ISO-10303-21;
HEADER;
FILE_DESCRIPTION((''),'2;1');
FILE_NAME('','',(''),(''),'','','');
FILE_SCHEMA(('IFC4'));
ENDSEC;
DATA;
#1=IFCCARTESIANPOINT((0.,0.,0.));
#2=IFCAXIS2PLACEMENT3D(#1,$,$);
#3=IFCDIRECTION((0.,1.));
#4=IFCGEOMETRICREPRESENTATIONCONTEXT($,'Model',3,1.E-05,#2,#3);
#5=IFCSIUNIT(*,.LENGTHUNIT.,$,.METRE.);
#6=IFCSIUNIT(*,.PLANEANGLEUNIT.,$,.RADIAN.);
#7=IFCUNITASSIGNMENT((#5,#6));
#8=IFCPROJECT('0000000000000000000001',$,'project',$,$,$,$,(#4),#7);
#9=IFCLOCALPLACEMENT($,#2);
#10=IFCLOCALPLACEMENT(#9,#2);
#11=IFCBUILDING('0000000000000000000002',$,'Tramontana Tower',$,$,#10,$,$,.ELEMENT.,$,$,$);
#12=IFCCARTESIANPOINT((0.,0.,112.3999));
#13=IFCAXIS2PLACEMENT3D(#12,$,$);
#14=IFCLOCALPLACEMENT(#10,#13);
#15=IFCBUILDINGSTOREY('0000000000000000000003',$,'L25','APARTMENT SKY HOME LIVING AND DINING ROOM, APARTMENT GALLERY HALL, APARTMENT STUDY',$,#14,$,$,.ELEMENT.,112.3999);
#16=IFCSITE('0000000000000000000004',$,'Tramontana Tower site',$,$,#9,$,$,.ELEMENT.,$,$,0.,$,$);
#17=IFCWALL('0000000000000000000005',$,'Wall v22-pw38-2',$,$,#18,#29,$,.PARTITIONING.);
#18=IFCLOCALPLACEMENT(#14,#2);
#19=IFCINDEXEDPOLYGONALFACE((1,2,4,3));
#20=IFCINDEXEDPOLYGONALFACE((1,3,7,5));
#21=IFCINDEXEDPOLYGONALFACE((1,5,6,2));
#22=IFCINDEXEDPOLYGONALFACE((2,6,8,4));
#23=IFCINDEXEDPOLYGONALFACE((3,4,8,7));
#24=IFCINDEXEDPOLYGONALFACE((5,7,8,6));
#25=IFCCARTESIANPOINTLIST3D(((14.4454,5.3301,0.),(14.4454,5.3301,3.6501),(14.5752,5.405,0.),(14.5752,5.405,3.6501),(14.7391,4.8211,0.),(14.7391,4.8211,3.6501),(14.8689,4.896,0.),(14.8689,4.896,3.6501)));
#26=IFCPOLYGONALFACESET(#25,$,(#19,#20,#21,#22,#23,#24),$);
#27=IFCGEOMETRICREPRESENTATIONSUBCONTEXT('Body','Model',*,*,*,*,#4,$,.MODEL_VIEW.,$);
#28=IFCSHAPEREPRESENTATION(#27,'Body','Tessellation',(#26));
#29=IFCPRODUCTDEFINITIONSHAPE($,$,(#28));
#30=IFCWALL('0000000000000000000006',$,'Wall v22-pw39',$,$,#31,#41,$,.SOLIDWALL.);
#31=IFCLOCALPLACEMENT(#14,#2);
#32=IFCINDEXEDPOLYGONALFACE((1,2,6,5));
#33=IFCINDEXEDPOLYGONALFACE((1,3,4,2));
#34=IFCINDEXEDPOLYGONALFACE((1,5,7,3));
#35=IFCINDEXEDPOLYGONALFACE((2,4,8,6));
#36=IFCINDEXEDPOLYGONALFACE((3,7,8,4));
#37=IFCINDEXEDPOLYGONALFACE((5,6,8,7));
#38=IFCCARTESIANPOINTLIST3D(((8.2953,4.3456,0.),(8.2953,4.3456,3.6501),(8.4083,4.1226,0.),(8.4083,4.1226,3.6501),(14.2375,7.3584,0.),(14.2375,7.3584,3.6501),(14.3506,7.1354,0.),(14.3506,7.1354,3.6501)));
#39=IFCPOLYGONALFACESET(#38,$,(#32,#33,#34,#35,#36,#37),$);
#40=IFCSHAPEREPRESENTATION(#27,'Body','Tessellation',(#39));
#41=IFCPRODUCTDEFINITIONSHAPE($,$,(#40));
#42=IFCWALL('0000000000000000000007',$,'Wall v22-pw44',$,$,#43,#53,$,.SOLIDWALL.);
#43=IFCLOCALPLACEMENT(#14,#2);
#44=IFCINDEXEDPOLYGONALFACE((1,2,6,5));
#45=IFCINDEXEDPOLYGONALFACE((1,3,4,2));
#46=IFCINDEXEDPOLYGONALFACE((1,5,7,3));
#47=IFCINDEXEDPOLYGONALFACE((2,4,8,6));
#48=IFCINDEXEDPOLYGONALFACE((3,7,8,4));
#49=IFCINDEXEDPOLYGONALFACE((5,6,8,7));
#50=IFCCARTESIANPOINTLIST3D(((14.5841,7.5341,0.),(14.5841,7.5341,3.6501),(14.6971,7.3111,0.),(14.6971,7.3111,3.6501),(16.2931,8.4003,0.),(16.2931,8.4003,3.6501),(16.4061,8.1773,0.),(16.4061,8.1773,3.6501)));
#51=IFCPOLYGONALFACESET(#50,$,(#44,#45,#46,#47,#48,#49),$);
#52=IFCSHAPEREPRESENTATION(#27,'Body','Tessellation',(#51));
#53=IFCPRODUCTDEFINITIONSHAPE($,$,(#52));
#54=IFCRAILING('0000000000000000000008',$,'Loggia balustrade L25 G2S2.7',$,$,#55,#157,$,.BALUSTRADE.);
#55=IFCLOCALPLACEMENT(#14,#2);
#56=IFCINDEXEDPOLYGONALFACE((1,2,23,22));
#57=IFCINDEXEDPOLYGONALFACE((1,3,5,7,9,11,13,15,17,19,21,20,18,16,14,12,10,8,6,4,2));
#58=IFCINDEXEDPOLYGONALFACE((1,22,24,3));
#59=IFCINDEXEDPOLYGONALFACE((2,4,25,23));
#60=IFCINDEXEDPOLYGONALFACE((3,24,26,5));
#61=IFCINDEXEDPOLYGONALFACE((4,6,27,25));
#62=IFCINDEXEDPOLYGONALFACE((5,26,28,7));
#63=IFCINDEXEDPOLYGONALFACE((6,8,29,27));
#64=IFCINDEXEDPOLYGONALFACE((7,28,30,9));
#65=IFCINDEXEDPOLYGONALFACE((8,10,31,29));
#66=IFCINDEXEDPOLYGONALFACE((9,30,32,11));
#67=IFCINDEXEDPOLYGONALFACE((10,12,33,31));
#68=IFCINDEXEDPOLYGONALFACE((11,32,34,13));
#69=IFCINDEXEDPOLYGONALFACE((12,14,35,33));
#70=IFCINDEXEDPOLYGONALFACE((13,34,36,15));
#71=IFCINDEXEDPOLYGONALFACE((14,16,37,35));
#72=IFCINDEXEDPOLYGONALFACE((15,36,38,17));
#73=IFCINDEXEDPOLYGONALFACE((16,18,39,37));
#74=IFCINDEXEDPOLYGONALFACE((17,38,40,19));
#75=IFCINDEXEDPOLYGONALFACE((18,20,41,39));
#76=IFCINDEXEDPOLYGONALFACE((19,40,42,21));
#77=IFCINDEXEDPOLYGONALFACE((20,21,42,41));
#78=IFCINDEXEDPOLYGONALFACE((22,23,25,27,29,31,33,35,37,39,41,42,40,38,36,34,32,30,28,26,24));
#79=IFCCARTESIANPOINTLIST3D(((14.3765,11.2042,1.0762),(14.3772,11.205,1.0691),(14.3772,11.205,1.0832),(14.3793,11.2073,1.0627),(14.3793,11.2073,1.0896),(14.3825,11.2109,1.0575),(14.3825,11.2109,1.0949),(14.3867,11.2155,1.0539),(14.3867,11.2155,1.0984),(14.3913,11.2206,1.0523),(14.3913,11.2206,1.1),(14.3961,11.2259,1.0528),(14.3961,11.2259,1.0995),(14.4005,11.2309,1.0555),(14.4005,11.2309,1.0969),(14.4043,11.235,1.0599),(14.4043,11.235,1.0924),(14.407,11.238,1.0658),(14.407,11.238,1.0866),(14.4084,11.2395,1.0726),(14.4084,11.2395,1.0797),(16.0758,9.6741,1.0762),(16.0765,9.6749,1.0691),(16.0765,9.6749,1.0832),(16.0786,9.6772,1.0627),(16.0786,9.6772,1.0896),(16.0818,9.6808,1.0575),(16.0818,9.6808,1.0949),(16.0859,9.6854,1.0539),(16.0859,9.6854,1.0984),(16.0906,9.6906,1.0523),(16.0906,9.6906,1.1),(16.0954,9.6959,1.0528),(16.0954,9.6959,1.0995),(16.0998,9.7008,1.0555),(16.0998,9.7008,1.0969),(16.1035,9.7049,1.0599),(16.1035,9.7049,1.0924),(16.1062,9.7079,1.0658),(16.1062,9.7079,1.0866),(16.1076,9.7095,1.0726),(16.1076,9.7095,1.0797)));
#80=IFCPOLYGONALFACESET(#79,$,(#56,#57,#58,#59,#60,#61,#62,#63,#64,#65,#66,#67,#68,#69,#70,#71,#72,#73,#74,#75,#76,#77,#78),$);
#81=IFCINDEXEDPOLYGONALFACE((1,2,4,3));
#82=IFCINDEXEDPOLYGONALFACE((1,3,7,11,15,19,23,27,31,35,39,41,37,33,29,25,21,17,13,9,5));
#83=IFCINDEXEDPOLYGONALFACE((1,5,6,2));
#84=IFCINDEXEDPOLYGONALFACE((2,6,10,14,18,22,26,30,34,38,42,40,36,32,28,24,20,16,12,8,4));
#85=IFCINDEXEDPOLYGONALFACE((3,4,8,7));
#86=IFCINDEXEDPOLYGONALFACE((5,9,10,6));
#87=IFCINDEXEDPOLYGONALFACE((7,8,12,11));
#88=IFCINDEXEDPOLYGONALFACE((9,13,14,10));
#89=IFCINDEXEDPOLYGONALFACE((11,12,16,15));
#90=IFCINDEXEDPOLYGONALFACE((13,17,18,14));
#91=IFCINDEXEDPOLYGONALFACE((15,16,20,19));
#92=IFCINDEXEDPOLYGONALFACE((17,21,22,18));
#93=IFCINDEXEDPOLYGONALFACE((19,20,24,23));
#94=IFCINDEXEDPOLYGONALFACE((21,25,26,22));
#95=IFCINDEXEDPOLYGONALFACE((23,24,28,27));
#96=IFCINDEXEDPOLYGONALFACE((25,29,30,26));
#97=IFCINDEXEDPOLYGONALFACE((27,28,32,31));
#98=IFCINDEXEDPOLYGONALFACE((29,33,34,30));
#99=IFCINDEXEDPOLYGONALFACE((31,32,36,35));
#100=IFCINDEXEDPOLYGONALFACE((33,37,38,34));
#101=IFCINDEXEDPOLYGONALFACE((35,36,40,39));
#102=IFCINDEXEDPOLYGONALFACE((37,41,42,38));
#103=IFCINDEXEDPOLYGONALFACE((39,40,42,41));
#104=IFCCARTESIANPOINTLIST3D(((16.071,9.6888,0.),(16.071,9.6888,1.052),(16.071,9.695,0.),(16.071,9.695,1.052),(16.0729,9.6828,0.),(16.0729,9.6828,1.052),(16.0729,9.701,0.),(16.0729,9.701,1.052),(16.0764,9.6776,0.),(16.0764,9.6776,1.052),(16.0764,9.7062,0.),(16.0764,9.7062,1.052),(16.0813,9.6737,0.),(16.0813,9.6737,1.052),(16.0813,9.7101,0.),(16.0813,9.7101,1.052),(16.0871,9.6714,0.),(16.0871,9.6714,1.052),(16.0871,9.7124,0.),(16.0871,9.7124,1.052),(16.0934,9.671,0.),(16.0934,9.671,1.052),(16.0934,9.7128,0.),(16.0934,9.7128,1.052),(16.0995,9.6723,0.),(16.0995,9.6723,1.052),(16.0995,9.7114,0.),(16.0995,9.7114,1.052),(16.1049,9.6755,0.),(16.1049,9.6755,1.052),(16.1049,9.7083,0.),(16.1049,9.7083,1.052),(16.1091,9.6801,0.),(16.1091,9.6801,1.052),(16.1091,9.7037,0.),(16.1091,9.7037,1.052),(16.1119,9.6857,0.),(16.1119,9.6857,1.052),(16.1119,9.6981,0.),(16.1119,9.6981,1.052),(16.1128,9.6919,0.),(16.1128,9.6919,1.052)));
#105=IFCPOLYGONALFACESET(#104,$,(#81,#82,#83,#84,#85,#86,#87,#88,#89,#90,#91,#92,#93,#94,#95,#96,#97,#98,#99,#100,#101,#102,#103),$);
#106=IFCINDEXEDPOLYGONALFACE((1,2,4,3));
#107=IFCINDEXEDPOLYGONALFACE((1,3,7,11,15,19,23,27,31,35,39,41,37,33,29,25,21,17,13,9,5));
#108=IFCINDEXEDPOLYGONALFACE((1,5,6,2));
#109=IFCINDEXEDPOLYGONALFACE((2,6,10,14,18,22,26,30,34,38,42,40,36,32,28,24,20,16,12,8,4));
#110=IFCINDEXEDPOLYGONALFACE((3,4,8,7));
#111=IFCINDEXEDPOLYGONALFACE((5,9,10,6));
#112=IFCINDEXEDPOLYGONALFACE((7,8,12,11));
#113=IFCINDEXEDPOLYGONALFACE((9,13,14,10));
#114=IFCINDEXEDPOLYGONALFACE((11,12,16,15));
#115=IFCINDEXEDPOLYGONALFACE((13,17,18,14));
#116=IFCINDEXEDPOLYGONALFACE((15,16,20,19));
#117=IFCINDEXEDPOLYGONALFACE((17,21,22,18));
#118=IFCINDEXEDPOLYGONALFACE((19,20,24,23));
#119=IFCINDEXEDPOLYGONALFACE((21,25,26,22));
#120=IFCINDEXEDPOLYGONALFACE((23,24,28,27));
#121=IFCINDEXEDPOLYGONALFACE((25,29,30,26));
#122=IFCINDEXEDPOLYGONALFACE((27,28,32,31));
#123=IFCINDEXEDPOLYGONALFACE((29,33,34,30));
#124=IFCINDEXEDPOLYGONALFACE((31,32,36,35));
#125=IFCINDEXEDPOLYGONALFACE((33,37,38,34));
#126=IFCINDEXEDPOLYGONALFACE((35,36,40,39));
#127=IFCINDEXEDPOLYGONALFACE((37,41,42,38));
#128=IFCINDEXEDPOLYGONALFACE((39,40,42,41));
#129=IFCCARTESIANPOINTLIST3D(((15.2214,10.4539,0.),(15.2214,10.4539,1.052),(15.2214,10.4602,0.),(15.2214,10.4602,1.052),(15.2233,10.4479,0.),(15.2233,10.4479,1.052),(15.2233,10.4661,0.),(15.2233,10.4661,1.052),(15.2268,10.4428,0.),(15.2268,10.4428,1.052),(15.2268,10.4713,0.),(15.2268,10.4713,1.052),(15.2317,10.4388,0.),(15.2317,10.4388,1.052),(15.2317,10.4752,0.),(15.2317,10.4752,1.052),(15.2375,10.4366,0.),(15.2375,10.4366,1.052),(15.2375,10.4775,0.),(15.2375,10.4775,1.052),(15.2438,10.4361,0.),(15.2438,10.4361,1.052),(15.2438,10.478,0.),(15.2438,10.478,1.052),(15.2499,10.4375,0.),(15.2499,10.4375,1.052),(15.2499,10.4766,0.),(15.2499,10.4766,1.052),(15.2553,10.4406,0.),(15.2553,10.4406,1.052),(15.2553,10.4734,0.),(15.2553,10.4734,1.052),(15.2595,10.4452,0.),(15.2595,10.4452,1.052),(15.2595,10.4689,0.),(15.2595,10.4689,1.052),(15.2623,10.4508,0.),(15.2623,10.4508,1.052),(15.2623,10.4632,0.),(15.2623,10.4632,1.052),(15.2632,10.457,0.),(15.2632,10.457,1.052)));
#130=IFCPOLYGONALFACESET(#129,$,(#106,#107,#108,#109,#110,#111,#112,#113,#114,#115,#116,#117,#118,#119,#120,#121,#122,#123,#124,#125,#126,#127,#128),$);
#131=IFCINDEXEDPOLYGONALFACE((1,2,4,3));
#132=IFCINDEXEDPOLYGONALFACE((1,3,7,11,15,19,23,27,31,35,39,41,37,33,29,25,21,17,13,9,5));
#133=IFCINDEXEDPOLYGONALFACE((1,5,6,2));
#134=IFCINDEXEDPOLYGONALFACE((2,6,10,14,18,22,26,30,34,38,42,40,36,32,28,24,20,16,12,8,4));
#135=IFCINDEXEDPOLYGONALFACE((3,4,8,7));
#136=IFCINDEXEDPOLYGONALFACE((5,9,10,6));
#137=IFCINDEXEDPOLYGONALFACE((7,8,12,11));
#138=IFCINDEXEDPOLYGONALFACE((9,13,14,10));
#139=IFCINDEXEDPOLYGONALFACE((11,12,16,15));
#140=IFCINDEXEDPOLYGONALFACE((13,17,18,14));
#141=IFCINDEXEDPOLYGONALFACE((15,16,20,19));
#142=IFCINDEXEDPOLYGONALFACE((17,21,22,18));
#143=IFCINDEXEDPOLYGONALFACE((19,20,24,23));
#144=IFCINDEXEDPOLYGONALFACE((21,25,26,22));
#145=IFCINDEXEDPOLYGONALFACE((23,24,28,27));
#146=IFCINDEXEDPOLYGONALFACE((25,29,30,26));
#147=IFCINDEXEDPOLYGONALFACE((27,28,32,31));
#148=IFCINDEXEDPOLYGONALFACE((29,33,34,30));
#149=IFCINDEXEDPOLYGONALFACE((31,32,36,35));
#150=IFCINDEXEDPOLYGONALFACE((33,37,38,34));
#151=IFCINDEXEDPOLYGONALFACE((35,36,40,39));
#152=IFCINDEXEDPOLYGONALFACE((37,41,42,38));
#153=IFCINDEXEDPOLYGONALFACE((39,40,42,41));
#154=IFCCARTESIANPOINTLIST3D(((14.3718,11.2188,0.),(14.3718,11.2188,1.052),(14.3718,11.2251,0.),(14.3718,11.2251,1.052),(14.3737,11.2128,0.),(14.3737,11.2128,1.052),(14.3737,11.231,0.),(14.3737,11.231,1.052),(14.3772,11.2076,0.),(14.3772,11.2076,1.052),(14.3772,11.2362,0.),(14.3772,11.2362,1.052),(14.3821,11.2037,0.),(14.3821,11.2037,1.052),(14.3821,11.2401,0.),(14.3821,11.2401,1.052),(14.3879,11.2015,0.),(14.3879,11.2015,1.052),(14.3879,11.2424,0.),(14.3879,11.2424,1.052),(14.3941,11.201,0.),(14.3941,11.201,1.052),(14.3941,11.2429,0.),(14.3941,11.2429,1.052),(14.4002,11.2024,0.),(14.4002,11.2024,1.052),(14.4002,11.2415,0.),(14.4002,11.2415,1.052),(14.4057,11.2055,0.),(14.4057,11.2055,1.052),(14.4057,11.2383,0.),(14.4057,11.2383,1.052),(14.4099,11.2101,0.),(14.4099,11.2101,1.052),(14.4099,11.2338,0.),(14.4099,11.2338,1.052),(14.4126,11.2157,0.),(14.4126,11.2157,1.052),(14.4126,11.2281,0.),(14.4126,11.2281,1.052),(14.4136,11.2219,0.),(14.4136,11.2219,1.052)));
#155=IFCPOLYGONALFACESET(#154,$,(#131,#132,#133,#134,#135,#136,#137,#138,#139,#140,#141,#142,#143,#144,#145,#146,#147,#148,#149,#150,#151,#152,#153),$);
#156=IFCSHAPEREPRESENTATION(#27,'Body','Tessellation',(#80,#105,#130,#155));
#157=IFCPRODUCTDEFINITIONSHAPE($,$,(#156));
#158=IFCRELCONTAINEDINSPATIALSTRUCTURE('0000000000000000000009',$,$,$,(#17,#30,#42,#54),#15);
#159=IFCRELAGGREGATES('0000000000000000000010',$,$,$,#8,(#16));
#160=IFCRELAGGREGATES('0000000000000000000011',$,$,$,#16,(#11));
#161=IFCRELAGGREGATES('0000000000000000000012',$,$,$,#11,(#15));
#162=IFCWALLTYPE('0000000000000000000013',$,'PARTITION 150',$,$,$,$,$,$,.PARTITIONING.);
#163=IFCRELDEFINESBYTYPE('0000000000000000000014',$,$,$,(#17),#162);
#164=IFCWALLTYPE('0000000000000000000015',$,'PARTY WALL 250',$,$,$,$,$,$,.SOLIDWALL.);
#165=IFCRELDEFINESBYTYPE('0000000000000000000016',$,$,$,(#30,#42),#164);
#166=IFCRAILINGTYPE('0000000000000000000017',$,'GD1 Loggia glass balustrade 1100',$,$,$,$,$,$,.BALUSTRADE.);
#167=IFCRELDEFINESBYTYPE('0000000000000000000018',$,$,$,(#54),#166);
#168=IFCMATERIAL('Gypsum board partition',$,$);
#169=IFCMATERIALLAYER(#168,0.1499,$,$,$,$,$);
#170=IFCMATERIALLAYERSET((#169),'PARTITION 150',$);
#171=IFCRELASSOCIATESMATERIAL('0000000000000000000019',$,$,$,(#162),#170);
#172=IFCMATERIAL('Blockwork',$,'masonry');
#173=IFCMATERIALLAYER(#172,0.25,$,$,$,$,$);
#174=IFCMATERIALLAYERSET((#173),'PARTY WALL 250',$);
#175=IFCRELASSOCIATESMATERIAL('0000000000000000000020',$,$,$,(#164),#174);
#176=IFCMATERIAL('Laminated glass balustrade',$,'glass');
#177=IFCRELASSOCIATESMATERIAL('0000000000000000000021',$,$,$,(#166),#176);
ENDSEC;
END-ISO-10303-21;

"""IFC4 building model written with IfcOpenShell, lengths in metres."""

from ifc_helpers import new_model, si_unit, direction, frame, frame_2d, origin, origin_2d, place, context, subcontext, project, spatial, rectangle, circle, extrude, material, layer, layer_set, type_object, element, save


model = new_model("IFC4")

# Units and contexts
model_context = context("Model", 3, precision=1e-05, world=origin(), true_north=direction((0.0, 1.0)))
body_context = subcontext(model_context, "Body", "Model", "MODEL_VIEW")
ifc_project = project(units=[si_unit("LENGTHUNIT", "METRE"), si_unit("PLANEANGLEUNIT", "RADIAN")], contexts=[model_context])

# Site, building, storey
site_placement = place(None, origin())
site = spatial("IfcSite", under=ifc_project, at=site_placement, Name="Tramontana Tower site", CompositionType="ELEMENT", RefElevation=0.0)
building_placement = place(site_placement, origin())
building = spatial("IfcBuilding", under=site, at=building_placement, Name="Tramontana Tower", CompositionType="ELEMENT")
storey_placement = place(building_placement, frame((0.0, 0.0, 112.3999)))
storey = spatial("IfcBuildingStorey", under=building, at=storey_placement, Name="L25", Description="APARTMENT SKY HOME LIVING AND DINING ROOM, APARTMENT GALLERY HALL, APARTMENT STUDY", CompositionType="ELEMENT", Elevation=112.3999)

# Shared definitions
ifc_material_1 = material(Name="Gypsum board partition")
ifc_layer_1 = layer(ifc_material_1, 0.1499)
ifc_layer_set_1 = layer_set([ifc_layer_1], Name="PARTITION 150")
wall_type_1 = type_object("IfcWallType", Name="PARTITION 150", PredefinedType="PARTITIONING", material=ifc_layer_set_1)

# Walls
wall_1_placement = place(storey_placement, frame((14.5103, 5.3677, 0.0), z_axis=(0.0, 0.0, 1.0), x_axis=(0.499758, -0.866165, 0.0)))
element("IfcWall", 1, at=wall_1_placement, inside=storey, type_object=wall_type_1, Name="Wall v22-pw38-2", PredefinedType="PARTITIONING", context=body_context, shape_type="SweptSolid", body=[
    extrude(rectangle(XDim=0.5876, YDim=0.1499, at=frame_2d((0.2939, 0.0))), origin(), (0.0, 0.0, 1.0), 3.6501),
])
ifc_material_2 = material(Name="Blockwork", Category="masonry")
ifc_layer_2 = layer(ifc_material_2, 0.25)
ifc_layer_set_2 = layer_set([ifc_layer_2], Name="PARTY WALL 250")
wall_type_2 = type_object("IfcWallType", Name="PARTY WALL 250", PredefinedType="SOLIDWALL", material=ifc_layer_set_2)
wall_2_placement = place(storey_placement, frame((14.2939, 7.2468, 0.0), z_axis=(0.0, 0.0, 1.0), x_axis=(-0.891914, -0.452205, 0.0)))
element("IfcWall", 2, at=wall_2_placement, inside=storey, type_object=wall_type_2, Name="Wall v22-pw39", PredefinedType="SOLIDWALL", context=body_context, shape_type="SweptSolid", body=[
    extrude(rectangle(XDim=6.6624, YDim=0.25, at=frame_2d((3.3311, 0.0))), origin(), (0.0, 0.0, 1.0), 3.6501),
])
wall_3_placement = place(storey_placement, frame((16.3496, 8.2888, 0.0), z_axis=(0.0, 0.0, 1.0), x_axis=(-0.891967, -0.4521, 0.0)))
element("IfcWall", 3, at=wall_3_placement, inside=storey, type_object=wall_type_2, Name="Wall v22-pw44", PredefinedType="SOLIDWALL", context=body_context, shape_type="SweptSolid", body=[
    extrude(rectangle(XDim=1.916, YDim=0.25, at=frame_2d((0.958, 0.0))), origin(), (0.0, 0.0, 1.0), 3.6501),
])

# Railing
ifc_material_3 = material(Name="Laminated glass balustrade", Category="glass")
railing_type = type_object("IfcRailingType", Name="GD1 Loggia glass balustrade 1100", PredefinedType="BALUSTRADE", material=ifc_material_3)
railing_1_placement = place(storey_placement, frame((16.0918, 9.6919, 0.0)))
element("IfcRailing", 4, at=railing_1_placement, inside=storey, type_object=railing_type, Name="Loggia balustrade L25 G2S2.7", PredefinedType="BALUSTRADE", context=body_context, shape_type="SweptSolid", body=[
    extrude(circle(Radius=0.0239, at=origin_2d()), frame((0.0, 0.0, 1.0762), z_axis=(-0.743135, 0.669142, 0.0), x_axis=(-0.669142, -0.743135, 0.0)), (0.0, 0.0, 1.0), 2.2866),
    extrude(circle(Radius=0.021, at=origin_2d()), origin(), (0.0, 0.0, 1.0), 1.052),
    extrude(circle(Radius=0.021, at=origin_2d()), frame((-0.8496, 0.7651, 0.0)), (0.0, 0.0, 1.0), 1.052),
    extrude(circle(Radius=0.021, at=origin_2d()), frame((-1.6992, 1.53, 0.0)), (0.0, 0.0, 1.0), 1.052),
])

save(model, "model.ifc")
